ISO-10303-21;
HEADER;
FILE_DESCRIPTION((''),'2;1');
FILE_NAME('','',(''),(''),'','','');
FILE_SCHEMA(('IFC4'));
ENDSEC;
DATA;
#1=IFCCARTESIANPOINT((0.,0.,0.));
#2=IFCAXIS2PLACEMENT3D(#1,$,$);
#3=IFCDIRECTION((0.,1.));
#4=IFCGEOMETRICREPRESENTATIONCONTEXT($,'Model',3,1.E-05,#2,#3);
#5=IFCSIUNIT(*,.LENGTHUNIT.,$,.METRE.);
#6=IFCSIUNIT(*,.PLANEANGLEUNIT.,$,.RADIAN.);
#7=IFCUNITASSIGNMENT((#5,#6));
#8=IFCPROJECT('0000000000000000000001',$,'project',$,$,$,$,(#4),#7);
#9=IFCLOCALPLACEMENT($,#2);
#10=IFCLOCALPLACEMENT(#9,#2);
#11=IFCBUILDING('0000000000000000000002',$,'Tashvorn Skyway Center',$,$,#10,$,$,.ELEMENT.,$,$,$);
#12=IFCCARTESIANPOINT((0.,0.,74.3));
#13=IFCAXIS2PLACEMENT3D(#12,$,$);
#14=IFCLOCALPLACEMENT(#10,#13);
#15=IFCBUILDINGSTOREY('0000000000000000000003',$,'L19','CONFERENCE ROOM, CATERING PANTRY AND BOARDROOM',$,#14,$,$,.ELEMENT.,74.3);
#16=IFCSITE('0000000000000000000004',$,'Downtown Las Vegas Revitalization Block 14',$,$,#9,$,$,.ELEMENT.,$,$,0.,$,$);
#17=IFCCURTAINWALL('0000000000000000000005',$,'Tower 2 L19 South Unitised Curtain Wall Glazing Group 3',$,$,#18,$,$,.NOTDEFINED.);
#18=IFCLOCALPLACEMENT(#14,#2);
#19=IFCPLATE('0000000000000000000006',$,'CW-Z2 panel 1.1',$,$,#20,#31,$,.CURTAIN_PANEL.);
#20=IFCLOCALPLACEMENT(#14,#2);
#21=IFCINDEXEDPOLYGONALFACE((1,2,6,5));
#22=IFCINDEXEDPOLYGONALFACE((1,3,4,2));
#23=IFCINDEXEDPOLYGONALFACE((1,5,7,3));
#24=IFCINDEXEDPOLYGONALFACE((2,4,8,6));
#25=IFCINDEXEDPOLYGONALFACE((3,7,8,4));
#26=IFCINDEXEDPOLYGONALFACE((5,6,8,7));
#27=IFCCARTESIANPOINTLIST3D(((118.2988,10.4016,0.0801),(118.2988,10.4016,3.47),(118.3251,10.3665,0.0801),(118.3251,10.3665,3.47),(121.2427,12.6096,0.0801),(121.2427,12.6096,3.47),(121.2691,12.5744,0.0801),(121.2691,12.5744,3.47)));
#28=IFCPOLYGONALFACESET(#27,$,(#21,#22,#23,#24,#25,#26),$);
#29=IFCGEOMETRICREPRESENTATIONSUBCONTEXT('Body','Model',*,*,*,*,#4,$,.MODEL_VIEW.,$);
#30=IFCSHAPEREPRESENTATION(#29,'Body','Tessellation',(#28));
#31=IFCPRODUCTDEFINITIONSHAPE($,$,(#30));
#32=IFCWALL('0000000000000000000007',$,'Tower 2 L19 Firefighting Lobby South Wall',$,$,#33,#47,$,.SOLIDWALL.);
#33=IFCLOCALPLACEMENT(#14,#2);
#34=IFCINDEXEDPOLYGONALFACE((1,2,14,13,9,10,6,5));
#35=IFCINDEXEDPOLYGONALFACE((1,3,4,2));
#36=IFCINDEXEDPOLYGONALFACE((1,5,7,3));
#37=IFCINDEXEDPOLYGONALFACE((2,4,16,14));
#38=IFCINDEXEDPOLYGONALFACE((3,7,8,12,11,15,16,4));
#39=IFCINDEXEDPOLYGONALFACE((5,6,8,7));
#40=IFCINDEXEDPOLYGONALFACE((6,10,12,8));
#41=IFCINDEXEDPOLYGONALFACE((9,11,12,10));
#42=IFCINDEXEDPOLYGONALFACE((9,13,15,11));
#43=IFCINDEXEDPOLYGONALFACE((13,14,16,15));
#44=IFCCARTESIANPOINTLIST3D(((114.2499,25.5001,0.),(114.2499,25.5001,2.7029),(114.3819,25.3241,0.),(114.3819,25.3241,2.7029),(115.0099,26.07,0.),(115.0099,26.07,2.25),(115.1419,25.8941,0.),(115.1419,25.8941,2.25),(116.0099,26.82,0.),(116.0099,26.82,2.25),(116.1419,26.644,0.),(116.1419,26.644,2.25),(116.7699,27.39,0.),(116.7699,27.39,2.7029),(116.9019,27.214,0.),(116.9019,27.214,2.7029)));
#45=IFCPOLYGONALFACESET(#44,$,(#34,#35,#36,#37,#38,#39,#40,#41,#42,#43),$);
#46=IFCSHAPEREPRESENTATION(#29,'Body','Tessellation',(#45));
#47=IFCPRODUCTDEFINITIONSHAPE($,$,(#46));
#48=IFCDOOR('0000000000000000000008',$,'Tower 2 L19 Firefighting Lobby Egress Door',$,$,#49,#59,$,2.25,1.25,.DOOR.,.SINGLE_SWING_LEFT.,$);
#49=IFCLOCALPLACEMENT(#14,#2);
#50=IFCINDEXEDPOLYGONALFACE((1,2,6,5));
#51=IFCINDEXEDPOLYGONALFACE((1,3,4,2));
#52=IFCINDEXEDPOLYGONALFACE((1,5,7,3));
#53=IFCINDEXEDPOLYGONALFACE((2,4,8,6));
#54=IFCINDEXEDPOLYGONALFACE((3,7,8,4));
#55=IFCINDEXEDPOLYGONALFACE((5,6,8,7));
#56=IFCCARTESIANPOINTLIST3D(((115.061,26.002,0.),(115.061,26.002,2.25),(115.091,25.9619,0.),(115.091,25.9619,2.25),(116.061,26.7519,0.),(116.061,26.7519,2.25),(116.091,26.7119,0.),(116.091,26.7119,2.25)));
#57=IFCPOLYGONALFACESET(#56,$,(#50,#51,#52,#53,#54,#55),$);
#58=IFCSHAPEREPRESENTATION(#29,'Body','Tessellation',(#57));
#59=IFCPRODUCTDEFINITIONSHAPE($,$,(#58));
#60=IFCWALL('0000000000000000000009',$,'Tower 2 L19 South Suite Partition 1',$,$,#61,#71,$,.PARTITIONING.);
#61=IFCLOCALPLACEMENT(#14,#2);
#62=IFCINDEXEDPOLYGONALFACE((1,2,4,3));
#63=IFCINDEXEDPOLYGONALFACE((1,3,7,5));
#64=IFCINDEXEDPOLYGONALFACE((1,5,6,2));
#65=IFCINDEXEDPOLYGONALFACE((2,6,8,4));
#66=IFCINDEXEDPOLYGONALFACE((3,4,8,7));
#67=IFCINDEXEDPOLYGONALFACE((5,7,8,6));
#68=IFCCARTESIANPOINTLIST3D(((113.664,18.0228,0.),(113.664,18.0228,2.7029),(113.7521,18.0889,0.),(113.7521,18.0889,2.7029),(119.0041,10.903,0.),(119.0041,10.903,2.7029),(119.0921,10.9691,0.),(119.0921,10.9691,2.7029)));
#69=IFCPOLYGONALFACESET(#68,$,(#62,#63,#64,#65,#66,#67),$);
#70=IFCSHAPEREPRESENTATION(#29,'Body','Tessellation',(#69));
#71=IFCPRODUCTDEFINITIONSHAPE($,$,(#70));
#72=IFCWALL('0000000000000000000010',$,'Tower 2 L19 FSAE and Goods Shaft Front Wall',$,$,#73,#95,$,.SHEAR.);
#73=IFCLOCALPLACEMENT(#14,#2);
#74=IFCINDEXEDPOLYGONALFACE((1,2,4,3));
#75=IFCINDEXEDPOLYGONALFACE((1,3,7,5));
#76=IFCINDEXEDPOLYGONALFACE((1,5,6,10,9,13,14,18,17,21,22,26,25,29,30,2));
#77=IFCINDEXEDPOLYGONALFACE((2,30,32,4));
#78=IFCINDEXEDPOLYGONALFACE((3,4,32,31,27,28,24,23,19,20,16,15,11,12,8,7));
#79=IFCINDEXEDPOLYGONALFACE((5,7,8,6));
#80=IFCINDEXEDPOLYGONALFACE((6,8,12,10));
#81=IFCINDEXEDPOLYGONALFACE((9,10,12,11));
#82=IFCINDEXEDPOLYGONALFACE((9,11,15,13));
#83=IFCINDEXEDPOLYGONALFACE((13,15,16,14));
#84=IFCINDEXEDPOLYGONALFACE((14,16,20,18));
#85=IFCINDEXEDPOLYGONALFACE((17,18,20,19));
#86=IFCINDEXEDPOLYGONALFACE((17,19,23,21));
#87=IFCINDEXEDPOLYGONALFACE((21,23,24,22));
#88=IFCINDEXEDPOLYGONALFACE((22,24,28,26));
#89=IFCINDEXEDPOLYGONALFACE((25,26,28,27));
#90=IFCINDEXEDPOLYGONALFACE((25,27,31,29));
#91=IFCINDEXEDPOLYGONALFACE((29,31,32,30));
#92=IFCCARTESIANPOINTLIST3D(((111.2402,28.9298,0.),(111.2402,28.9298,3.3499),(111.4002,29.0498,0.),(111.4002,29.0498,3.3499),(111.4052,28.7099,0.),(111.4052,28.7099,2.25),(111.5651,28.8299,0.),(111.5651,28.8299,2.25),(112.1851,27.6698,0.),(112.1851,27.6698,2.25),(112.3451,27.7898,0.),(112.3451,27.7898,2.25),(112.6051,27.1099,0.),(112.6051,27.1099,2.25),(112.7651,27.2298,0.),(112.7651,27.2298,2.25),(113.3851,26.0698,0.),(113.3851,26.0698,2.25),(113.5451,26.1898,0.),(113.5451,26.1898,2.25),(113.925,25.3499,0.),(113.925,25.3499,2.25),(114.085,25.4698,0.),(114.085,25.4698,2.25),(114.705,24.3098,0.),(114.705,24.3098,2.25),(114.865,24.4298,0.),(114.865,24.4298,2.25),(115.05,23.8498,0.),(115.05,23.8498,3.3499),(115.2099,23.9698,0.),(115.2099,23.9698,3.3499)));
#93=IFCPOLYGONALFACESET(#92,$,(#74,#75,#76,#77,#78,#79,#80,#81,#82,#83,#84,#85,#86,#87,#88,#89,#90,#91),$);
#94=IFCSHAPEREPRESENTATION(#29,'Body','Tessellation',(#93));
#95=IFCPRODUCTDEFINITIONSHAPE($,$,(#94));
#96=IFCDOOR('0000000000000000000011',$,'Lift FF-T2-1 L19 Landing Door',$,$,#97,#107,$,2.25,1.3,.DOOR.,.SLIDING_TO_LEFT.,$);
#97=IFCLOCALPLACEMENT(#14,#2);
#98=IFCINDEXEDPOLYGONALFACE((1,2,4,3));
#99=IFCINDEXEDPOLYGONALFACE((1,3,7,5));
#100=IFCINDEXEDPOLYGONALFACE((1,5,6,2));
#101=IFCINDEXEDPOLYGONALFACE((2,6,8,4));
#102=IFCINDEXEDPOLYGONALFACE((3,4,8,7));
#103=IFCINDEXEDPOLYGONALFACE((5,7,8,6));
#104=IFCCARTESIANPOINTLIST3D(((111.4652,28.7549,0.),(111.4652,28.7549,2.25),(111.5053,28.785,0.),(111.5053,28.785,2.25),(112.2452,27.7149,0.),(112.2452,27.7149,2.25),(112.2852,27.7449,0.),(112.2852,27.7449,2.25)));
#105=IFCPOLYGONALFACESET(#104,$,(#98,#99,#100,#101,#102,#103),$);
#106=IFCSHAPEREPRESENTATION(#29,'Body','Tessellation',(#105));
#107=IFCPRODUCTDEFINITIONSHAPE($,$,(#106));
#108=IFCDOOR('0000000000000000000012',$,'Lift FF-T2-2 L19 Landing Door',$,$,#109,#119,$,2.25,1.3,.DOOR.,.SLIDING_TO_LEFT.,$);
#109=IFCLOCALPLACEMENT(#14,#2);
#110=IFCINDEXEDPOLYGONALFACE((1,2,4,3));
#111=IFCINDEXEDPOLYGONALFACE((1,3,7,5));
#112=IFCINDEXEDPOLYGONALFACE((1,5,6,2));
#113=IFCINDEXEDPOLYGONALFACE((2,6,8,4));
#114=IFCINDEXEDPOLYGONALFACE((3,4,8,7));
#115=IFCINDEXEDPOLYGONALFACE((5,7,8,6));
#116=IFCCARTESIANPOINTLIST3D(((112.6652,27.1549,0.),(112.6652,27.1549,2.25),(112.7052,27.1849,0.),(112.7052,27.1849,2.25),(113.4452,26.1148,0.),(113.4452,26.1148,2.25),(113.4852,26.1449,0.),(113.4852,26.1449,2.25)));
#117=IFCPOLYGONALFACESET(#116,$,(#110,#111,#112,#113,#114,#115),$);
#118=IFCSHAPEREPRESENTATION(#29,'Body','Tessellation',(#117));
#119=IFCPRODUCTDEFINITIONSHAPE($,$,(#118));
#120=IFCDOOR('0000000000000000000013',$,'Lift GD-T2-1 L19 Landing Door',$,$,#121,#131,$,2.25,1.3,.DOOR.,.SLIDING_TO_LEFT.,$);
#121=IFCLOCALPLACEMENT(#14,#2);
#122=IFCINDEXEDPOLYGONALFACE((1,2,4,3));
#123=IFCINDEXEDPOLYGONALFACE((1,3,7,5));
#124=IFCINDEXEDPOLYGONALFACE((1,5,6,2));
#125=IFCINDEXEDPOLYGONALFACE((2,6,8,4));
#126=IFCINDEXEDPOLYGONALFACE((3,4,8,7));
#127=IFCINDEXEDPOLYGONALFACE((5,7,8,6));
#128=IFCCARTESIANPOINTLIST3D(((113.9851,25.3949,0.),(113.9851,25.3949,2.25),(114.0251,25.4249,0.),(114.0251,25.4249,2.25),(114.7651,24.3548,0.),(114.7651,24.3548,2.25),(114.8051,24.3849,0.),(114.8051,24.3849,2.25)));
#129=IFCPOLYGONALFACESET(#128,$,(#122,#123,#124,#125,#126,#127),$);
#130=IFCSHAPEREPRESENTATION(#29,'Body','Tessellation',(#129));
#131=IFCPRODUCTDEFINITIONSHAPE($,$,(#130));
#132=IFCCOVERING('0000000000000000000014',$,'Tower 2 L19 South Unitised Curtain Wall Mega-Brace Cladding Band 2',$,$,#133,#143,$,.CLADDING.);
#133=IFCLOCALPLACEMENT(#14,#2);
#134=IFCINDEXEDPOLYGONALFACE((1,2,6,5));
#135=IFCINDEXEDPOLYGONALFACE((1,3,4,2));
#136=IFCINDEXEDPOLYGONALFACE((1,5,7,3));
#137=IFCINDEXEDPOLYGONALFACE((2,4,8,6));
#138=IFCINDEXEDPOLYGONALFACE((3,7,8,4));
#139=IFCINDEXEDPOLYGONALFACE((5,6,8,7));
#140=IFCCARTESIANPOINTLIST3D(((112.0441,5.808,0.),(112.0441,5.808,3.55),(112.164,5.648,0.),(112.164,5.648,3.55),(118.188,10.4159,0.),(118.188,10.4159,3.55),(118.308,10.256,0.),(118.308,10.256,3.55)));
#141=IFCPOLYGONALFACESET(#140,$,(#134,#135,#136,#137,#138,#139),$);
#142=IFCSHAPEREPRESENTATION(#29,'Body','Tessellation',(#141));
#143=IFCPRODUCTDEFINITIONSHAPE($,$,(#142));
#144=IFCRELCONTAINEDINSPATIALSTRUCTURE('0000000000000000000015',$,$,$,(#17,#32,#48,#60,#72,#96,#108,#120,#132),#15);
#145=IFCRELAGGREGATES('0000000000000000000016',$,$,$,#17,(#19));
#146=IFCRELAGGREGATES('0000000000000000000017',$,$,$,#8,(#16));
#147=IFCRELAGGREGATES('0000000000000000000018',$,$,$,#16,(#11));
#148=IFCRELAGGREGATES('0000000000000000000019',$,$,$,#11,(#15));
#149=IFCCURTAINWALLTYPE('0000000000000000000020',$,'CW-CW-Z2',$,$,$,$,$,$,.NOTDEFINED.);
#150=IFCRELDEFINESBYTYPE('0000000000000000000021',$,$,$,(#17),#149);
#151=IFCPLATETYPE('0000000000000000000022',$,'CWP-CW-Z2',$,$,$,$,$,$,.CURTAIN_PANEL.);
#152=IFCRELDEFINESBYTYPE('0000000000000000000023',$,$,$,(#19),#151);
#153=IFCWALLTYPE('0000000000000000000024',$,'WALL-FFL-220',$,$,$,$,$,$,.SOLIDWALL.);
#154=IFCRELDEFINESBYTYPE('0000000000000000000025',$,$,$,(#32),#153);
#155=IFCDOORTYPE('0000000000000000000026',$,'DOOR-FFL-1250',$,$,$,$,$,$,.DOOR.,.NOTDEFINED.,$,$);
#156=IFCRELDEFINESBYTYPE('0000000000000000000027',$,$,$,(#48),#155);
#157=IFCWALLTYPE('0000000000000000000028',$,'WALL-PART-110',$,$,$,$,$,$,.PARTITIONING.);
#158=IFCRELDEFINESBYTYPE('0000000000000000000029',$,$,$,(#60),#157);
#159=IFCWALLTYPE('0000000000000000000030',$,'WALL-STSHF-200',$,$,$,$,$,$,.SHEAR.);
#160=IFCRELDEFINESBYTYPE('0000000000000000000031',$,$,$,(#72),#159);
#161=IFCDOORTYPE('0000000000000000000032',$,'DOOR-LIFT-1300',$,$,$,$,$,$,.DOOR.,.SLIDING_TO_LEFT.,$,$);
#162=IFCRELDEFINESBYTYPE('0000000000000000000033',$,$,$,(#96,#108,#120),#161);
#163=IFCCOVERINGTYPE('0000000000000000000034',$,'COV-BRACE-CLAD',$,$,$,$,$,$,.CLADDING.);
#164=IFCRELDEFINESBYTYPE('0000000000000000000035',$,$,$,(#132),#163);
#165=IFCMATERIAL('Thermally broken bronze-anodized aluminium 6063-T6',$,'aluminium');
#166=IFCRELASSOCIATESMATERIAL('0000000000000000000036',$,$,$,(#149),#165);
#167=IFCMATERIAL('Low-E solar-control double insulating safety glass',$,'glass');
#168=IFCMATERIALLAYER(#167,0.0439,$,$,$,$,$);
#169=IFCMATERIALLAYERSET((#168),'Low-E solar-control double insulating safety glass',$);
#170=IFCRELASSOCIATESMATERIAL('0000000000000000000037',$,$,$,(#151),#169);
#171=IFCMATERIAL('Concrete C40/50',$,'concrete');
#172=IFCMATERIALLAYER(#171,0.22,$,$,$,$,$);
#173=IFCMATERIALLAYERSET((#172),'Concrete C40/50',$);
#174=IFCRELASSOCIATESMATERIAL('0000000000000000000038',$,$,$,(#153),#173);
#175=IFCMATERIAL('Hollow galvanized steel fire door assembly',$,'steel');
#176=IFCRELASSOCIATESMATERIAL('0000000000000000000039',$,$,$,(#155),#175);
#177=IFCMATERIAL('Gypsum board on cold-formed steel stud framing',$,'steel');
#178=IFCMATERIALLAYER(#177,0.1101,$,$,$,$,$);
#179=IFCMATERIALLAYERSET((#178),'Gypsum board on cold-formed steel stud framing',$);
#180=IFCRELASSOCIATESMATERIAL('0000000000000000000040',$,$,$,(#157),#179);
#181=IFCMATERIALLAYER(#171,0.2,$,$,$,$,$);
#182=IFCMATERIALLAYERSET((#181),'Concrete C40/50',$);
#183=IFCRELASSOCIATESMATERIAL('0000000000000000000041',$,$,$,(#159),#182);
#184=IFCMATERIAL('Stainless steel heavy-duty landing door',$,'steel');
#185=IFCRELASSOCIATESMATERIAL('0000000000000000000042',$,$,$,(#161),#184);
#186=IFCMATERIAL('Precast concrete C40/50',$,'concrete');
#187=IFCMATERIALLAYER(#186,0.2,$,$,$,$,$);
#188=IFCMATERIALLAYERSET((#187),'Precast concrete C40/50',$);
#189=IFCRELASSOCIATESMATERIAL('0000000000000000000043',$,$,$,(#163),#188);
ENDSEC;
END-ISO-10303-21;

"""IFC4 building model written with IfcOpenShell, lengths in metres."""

from ifc_helpers import new_model, si_unit, direction, frame, frame_2d, origin, origin_2d, place, context, subcontext, project, spatial, rectangle, extrude, material, layer, layer_set, type_object, element, fill, aggregate, save


model = new_model("IFC4")

# Units and contexts
model_context = context("Model", 3, precision=1e-05, world=origin(), true_north=direction((0.0, 1.0)))
body_context = subcontext(model_context, "Body", "Model", "MODEL_VIEW")
ifc_project = project(units=[si_unit("LENGTHUNIT", "METRE"), si_unit("PLANEANGLEUNIT", "RADIAN")], contexts=[model_context])

# Site, building, storey
site_placement = place(None, origin())
site = spatial("IfcSite", under=ifc_project, at=site_placement, Name="Downtown Las Vegas Revitalization Block 14", CompositionType="ELEMENT", RefElevation=0.0)
building_placement = place(site_placement, origin())
building = spatial("IfcBuilding", under=site, at=building_placement, Name="Tashvorn Skyway Center", CompositionType="ELEMENT")
storey_placement = place(building_placement, frame((0.0, 0.0, 74.3)))
storey = spatial("IfcBuildingStorey", under=building, at=storey_placement, Name="L19", Description="CONFERENCE ROOM, CATERING PANTRY AND BOARDROOM", CompositionType="ELEMENT", Elevation=74.3)

# Shared definitions
ifc_material_1 = material(Name="Thermally broken bronze-anodized aluminium 6063-T6", Category="aluminium")
curtain_wall_type = type_object("IfcCurtainWallType", Name="CW-CW-Z2", PredefinedType="NOTDEFINED", material=ifc_material_1)

# Curtain wall, plate
curtain_wall_1_placement = place(storey_placement, origin())
curtain_wall_1 = element("IfcCurtainWall", 1, at=curtain_wall_1_placement, inside=storey, type_object=curtain_wall_type, Name="Tower 2 L19 South Unitised Curtain Wall Glazing Group 3", PredefinedType="NOTDEFINED")
ifc_material_2 = material(Name="Low-E solar-control double insulating safety glass", Category="glass")
ifc_layer_1 = layer(ifc_material_2, 0.0439)
ifc_layer_set_1 = layer_set([ifc_layer_1], Name="Low-E solar-control double insulating safety glass")
plate_type = type_object("IfcPlateType", Name="CWP-CW-Z2", PredefinedType="CURTAIN_PANEL", material=ifc_layer_set_1)
plate_placement = place(storey_placement, frame((119.7839, 11.488, 0.0801), z_axis=(0.0, 0.0, 1.0), x_axis=(-0.8, -0.6, 0.0)))
plate = element("IfcPlate", 2, at=plate_placement, type_object=plate_type, Name="CW-Z2 panel 1.1", PredefinedType="CURTAIN_PANEL", context=body_context, shape_type="SweptSolid", body=[
    extrude(rectangle(XDim=3.6799, YDim=0.0439, at=origin_2d()), origin(), (0.0, 0.0, 1.0), 3.3899),
])
aggregate(curtain_wall_1, [plate])

# Wall, opening, door
ifc_material_3 = material(Name="Concrete C40/50", Category="concrete")
ifc_layer_2 = layer(ifc_material_3, 0.22)
ifc_layer_set_2 = layer_set([ifc_layer_2], Name="Concrete C40/50")
wall_type_1 = type_object("IfcWallType", Name="WALL-FFL-220", PredefinedType="SOLIDWALL", material=ifc_layer_set_2)
wall_1_placement = place(storey_placement, frame((114.3159, 25.4121, 0.0), z_axis=(0.0, 0.0, 1.0), x_axis=(0.800019, 0.599975, 0.0)))
wall_1 = element("IfcWall", 3, at=wall_1_placement, inside=storey, type_object=wall_type_1, Name="Tower 2 L19 Firefighting Lobby South Wall", PredefinedType="SOLIDWALL", context=body_context, shape_type="SweptSolid", body=[
    extrude(rectangle(XDim=3.1499, YDim=0.22, at=frame_2d((1.575, 0.0))), origin(), (0.0, 0.0, 1.0), 2.7029),
])
opening_1_placement = place(wall_1_placement, frame((0.95, 0.0, 0.0)))
opening_1 = element("IfcOpeningElement", 4, at=opening_1_placement, cuts=wall_1, PredefinedType="OPENING", context=body_context, shape_type="SweptSolid", body=[
    extrude(rectangle(XDim=1.25, YDim=2.25, at=frame_2d((0.625, 1.125))), frame((0.0, 0.1199, 0.0), z_axis=(0.0, -1.0, 0.0), x_axis=(1.0, 0.0, 0.0)), (0.0, 0.0, 1.0), 0.24),
])
ifc_material_4 = material(Name="Hollow galvanized steel fire door assembly", Category="steel")
door_type_1 = type_object("IfcDoorType", Name="DOOR-FFL-1250", OperationType="NOTDEFINED", PredefinedType="DOOR", material=ifc_material_4)
door_1_placement = place(opening_1_placement, origin())
door_1 = element("IfcDoor", 5, at=door_1_placement, inside=storey, type_object=door_type_1, Name="Tower 2 L19 Firefighting Lobby Egress Door", OperationType="SINGLE_SWING_LEFT", OverallHeight=2.25, OverallWidth=1.25, PredefinedType="DOOR", context=body_context, shape_type="SweptSolid", body=[
    extrude(rectangle(XDim=1.25, YDim=2.25, at=frame_2d((0.625, 1.125))), frame((0.0, 0.0249, 0.0), z_axis=(0.0, -1.0, 0.0), x_axis=(1.0, 0.0, 0.0)), (0.0, 0.0, 1.0), 0.05),
])
fill(opening_1, door_1)

# Wall
ifc_material_5 = material(Name="Gypsum board on cold-formed steel stud framing", Category="steel")
ifc_layer_3 = layer(ifc_material_5, 0.1101)
ifc_layer_set_3 = layer_set([ifc_layer_3], Name="Gypsum board on cold-formed steel stud framing")
wall_type_2 = type_object("IfcWallType", Name="WALL-PART-110", PredefinedType="PARTITIONING", material=ifc_layer_set_3)
wall_2_placement = place(storey_placement, frame((119.0481, 10.936, 0.0), z_axis=(0.0, 0.0, 1.0), x_axis=(-0.600013, 0.79999, 0.0)))
element("IfcWall", 6, at=wall_2_placement, inside=storey, type_object=wall_type_2, Name="Tower 2 L19 South Suite Partition 1", PredefinedType="PARTITIONING", context=body_context, shape_type="SweptSolid", body=[
    extrude(rectangle(XDim=8.8999, YDim=0.1101, at=frame_2d((4.45, 0.0))), origin(), (0.0, 0.0, 1.0), 2.7029),
])

# Wall, openings, doors
ifc_layer_4 = layer(ifc_material_3, 0.2)
ifc_layer_set_4 = layer_set([ifc_layer_4], Name="Concrete C40/50")
wall_type_3 = type_object("IfcWallType", Name="WALL-STSHF-200", PredefinedType="SHEAR", material=ifc_layer_set_4)
wall_3_placement = place(storey_placement, frame((115.1299, 23.9099, 0.0), z_axis=(0.0, 0.0, 1.0), x_axis=(-0.599975, 0.800018, 0.0)))
wall_3 = element("IfcWall", 7, at=wall_3_placement, inside=storey, type_object=wall_type_3, Name="Tower 2 L19 FSAE and Goods Shaft Front Wall", PredefinedType="SHEAR", context=body_context, shape_type="SweptSolid", body=[
    extrude(rectangle(XDim=6.3499, YDim=0.2, at=frame_2d((3.1748, 0.0))), origin(), (0.0, 0.0, 1.0), 3.3499),
])
opening_2_placement = place(wall_3_placement, frame((4.7749, 0.0, 0.0)))
opening_2 = element("IfcOpeningElement", 8, at=opening_2_placement, cuts=wall_3, PredefinedType="OPENING", context=body_context, shape_type="SweptSolid", body=[
    extrude(rectangle(XDim=1.3, YDim=2.25, at=frame_2d((0.6499, 1.125))), frame((0.0, 0.1099, 0.0), z_axis=(0.0, -1.0, 0.0), x_axis=(1.0, 0.0, 0.0)), (0.0, 0.0, 1.0), 0.22),
])
opening_3_placement = place(wall_3_placement, frame((2.7749, 0.0, 0.0)))
opening_3 = element("IfcOpeningElement", 9, at=opening_3_placement, cuts=wall_3, PredefinedType="OPENING", context=body_context, shape_type="SweptSolid", body=[
    extrude(rectangle(XDim=1.3, YDim=2.25, at=frame_2d((0.6499, 1.125))), frame((0.0, 0.1099, 0.0), z_axis=(0.0, -1.0, 0.0), x_axis=(1.0, 0.0, 0.0)), (0.0, 0.0, 1.0), 0.22),
])
opening_4_placement = place(wall_3_placement, frame((0.575, 0.0, 0.0)))
opening_4 = element("IfcOpeningElement", 10, at=opening_4_placement, cuts=wall_3, PredefinedType="OPENING", context=body_context, shape_type="SweptSolid", body=[
    extrude(rectangle(XDim=1.3, YDim=2.25, at=frame_2d((0.6499, 1.125))), frame((0.0, 0.1099, 0.0), z_axis=(0.0, -1.0, 0.0), x_axis=(1.0, 0.0, 0.0)), (0.0, 0.0, 1.0), 0.22),
])
ifc_material_6 = material(Name="Stainless steel heavy-duty landing door", Category="steel")
door_type_2 = type_object("IfcDoorType", Name="DOOR-LIFT-1300", OperationType="SLIDING_TO_LEFT", PredefinedType="DOOR", material=ifc_material_6)
door_2_placement = place(opening_2_placement, origin())
door_2 = element("IfcDoor", 11, at=door_2_placement, inside=storey, type_object=door_type_2, Name="Lift FF-T2-1 L19 Landing Door", OperationType="SLIDING_TO_LEFT", OverallHeight=2.25, OverallWidth=1.3, PredefinedType="DOOR", context=body_context, shape_type="SweptSolid", body=[
    extrude(rectangle(XDim=1.3, YDim=2.25, at=frame_2d((0.6499, 1.125))), frame((0.0, 0.0249, 0.0), z_axis=(0.0, -1.0, 0.0), x_axis=(1.0, 0.0, 0.0)), (0.0, 0.0, 1.0), 0.05),
])
fill(opening_2, door_2)
door_3_placement = place(opening_3_placement, origin())
door_3 = element("IfcDoor", 12, at=door_3_placement, inside=storey, type_object=door_type_2, Name="Lift FF-T2-2 L19 Landing Door", OperationType="SLIDING_TO_LEFT", OverallHeight=2.25, OverallWidth=1.3, PredefinedType="DOOR", context=body_context, shape_type="SweptSolid", body=[
    extrude(rectangle(XDim=1.3, YDim=2.25, at=frame_2d((0.6499, 1.125))), frame((0.0, 0.0249, 0.0), z_axis=(0.0, -1.0, 0.0), x_axis=(1.0, 0.0, 0.0)), (0.0, 0.0, 1.0), 0.05),
])
fill(opening_3, door_3)
door_4_placement = place(opening_4_placement, origin())
door_4 = element("IfcDoor", 13, at=door_4_placement, inside=storey, type_object=door_type_2, Name="Lift GD-T2-1 L19 Landing Door", OperationType="SLIDING_TO_LEFT", OverallHeight=2.25, OverallWidth=1.3, PredefinedType="DOOR", context=body_context, shape_type="SweptSolid", body=[
    extrude(rectangle(XDim=1.3, YDim=2.25, at=frame_2d((0.6499, 1.125))), frame((0.0, 0.0249, 0.0), z_axis=(0.0, -1.0, 0.0), x_axis=(1.0, 0.0, 0.0)), (0.0, 0.0, 1.0), 0.05),
])
fill(opening_4, door_4)

# Covering
ifc_material_7 = material(Name="Precast concrete C40/50", Category="concrete")
ifc_layer_5 = layer(ifc_material_7, 0.2)
ifc_layer_set_5 = layer_set([ifc_layer_5], Name="Precast concrete C40/50")
covering_type = type_object("IfcCoveringType", Name="COV-BRACE-CLAD", PredefinedType="CLADDING", material=ifc_layer_set_5)
covering_placement = place(storey_placement, frame((115.176, 8.032, 0.0), z_axis=(0.0, 0.0, 1.0), x_axis=(-0.8, -0.6, 0.0)))
element("IfcCovering", 14, at=covering_placement, inside=storey, type_object=covering_type, Name="Tower 2 L19 South Unitised Curtain Wall Mega-Brace Cladding Band 2", PredefinedType="CLADDING", context=body_context, shape_type="SweptSolid", body=[
    extrude(rectangle(XDim=7.6799, YDim=0.2, at=origin_2d()), origin(), (0.0, 0.0, 1.0), 3.55),
])

save(model, "model.ifc")
